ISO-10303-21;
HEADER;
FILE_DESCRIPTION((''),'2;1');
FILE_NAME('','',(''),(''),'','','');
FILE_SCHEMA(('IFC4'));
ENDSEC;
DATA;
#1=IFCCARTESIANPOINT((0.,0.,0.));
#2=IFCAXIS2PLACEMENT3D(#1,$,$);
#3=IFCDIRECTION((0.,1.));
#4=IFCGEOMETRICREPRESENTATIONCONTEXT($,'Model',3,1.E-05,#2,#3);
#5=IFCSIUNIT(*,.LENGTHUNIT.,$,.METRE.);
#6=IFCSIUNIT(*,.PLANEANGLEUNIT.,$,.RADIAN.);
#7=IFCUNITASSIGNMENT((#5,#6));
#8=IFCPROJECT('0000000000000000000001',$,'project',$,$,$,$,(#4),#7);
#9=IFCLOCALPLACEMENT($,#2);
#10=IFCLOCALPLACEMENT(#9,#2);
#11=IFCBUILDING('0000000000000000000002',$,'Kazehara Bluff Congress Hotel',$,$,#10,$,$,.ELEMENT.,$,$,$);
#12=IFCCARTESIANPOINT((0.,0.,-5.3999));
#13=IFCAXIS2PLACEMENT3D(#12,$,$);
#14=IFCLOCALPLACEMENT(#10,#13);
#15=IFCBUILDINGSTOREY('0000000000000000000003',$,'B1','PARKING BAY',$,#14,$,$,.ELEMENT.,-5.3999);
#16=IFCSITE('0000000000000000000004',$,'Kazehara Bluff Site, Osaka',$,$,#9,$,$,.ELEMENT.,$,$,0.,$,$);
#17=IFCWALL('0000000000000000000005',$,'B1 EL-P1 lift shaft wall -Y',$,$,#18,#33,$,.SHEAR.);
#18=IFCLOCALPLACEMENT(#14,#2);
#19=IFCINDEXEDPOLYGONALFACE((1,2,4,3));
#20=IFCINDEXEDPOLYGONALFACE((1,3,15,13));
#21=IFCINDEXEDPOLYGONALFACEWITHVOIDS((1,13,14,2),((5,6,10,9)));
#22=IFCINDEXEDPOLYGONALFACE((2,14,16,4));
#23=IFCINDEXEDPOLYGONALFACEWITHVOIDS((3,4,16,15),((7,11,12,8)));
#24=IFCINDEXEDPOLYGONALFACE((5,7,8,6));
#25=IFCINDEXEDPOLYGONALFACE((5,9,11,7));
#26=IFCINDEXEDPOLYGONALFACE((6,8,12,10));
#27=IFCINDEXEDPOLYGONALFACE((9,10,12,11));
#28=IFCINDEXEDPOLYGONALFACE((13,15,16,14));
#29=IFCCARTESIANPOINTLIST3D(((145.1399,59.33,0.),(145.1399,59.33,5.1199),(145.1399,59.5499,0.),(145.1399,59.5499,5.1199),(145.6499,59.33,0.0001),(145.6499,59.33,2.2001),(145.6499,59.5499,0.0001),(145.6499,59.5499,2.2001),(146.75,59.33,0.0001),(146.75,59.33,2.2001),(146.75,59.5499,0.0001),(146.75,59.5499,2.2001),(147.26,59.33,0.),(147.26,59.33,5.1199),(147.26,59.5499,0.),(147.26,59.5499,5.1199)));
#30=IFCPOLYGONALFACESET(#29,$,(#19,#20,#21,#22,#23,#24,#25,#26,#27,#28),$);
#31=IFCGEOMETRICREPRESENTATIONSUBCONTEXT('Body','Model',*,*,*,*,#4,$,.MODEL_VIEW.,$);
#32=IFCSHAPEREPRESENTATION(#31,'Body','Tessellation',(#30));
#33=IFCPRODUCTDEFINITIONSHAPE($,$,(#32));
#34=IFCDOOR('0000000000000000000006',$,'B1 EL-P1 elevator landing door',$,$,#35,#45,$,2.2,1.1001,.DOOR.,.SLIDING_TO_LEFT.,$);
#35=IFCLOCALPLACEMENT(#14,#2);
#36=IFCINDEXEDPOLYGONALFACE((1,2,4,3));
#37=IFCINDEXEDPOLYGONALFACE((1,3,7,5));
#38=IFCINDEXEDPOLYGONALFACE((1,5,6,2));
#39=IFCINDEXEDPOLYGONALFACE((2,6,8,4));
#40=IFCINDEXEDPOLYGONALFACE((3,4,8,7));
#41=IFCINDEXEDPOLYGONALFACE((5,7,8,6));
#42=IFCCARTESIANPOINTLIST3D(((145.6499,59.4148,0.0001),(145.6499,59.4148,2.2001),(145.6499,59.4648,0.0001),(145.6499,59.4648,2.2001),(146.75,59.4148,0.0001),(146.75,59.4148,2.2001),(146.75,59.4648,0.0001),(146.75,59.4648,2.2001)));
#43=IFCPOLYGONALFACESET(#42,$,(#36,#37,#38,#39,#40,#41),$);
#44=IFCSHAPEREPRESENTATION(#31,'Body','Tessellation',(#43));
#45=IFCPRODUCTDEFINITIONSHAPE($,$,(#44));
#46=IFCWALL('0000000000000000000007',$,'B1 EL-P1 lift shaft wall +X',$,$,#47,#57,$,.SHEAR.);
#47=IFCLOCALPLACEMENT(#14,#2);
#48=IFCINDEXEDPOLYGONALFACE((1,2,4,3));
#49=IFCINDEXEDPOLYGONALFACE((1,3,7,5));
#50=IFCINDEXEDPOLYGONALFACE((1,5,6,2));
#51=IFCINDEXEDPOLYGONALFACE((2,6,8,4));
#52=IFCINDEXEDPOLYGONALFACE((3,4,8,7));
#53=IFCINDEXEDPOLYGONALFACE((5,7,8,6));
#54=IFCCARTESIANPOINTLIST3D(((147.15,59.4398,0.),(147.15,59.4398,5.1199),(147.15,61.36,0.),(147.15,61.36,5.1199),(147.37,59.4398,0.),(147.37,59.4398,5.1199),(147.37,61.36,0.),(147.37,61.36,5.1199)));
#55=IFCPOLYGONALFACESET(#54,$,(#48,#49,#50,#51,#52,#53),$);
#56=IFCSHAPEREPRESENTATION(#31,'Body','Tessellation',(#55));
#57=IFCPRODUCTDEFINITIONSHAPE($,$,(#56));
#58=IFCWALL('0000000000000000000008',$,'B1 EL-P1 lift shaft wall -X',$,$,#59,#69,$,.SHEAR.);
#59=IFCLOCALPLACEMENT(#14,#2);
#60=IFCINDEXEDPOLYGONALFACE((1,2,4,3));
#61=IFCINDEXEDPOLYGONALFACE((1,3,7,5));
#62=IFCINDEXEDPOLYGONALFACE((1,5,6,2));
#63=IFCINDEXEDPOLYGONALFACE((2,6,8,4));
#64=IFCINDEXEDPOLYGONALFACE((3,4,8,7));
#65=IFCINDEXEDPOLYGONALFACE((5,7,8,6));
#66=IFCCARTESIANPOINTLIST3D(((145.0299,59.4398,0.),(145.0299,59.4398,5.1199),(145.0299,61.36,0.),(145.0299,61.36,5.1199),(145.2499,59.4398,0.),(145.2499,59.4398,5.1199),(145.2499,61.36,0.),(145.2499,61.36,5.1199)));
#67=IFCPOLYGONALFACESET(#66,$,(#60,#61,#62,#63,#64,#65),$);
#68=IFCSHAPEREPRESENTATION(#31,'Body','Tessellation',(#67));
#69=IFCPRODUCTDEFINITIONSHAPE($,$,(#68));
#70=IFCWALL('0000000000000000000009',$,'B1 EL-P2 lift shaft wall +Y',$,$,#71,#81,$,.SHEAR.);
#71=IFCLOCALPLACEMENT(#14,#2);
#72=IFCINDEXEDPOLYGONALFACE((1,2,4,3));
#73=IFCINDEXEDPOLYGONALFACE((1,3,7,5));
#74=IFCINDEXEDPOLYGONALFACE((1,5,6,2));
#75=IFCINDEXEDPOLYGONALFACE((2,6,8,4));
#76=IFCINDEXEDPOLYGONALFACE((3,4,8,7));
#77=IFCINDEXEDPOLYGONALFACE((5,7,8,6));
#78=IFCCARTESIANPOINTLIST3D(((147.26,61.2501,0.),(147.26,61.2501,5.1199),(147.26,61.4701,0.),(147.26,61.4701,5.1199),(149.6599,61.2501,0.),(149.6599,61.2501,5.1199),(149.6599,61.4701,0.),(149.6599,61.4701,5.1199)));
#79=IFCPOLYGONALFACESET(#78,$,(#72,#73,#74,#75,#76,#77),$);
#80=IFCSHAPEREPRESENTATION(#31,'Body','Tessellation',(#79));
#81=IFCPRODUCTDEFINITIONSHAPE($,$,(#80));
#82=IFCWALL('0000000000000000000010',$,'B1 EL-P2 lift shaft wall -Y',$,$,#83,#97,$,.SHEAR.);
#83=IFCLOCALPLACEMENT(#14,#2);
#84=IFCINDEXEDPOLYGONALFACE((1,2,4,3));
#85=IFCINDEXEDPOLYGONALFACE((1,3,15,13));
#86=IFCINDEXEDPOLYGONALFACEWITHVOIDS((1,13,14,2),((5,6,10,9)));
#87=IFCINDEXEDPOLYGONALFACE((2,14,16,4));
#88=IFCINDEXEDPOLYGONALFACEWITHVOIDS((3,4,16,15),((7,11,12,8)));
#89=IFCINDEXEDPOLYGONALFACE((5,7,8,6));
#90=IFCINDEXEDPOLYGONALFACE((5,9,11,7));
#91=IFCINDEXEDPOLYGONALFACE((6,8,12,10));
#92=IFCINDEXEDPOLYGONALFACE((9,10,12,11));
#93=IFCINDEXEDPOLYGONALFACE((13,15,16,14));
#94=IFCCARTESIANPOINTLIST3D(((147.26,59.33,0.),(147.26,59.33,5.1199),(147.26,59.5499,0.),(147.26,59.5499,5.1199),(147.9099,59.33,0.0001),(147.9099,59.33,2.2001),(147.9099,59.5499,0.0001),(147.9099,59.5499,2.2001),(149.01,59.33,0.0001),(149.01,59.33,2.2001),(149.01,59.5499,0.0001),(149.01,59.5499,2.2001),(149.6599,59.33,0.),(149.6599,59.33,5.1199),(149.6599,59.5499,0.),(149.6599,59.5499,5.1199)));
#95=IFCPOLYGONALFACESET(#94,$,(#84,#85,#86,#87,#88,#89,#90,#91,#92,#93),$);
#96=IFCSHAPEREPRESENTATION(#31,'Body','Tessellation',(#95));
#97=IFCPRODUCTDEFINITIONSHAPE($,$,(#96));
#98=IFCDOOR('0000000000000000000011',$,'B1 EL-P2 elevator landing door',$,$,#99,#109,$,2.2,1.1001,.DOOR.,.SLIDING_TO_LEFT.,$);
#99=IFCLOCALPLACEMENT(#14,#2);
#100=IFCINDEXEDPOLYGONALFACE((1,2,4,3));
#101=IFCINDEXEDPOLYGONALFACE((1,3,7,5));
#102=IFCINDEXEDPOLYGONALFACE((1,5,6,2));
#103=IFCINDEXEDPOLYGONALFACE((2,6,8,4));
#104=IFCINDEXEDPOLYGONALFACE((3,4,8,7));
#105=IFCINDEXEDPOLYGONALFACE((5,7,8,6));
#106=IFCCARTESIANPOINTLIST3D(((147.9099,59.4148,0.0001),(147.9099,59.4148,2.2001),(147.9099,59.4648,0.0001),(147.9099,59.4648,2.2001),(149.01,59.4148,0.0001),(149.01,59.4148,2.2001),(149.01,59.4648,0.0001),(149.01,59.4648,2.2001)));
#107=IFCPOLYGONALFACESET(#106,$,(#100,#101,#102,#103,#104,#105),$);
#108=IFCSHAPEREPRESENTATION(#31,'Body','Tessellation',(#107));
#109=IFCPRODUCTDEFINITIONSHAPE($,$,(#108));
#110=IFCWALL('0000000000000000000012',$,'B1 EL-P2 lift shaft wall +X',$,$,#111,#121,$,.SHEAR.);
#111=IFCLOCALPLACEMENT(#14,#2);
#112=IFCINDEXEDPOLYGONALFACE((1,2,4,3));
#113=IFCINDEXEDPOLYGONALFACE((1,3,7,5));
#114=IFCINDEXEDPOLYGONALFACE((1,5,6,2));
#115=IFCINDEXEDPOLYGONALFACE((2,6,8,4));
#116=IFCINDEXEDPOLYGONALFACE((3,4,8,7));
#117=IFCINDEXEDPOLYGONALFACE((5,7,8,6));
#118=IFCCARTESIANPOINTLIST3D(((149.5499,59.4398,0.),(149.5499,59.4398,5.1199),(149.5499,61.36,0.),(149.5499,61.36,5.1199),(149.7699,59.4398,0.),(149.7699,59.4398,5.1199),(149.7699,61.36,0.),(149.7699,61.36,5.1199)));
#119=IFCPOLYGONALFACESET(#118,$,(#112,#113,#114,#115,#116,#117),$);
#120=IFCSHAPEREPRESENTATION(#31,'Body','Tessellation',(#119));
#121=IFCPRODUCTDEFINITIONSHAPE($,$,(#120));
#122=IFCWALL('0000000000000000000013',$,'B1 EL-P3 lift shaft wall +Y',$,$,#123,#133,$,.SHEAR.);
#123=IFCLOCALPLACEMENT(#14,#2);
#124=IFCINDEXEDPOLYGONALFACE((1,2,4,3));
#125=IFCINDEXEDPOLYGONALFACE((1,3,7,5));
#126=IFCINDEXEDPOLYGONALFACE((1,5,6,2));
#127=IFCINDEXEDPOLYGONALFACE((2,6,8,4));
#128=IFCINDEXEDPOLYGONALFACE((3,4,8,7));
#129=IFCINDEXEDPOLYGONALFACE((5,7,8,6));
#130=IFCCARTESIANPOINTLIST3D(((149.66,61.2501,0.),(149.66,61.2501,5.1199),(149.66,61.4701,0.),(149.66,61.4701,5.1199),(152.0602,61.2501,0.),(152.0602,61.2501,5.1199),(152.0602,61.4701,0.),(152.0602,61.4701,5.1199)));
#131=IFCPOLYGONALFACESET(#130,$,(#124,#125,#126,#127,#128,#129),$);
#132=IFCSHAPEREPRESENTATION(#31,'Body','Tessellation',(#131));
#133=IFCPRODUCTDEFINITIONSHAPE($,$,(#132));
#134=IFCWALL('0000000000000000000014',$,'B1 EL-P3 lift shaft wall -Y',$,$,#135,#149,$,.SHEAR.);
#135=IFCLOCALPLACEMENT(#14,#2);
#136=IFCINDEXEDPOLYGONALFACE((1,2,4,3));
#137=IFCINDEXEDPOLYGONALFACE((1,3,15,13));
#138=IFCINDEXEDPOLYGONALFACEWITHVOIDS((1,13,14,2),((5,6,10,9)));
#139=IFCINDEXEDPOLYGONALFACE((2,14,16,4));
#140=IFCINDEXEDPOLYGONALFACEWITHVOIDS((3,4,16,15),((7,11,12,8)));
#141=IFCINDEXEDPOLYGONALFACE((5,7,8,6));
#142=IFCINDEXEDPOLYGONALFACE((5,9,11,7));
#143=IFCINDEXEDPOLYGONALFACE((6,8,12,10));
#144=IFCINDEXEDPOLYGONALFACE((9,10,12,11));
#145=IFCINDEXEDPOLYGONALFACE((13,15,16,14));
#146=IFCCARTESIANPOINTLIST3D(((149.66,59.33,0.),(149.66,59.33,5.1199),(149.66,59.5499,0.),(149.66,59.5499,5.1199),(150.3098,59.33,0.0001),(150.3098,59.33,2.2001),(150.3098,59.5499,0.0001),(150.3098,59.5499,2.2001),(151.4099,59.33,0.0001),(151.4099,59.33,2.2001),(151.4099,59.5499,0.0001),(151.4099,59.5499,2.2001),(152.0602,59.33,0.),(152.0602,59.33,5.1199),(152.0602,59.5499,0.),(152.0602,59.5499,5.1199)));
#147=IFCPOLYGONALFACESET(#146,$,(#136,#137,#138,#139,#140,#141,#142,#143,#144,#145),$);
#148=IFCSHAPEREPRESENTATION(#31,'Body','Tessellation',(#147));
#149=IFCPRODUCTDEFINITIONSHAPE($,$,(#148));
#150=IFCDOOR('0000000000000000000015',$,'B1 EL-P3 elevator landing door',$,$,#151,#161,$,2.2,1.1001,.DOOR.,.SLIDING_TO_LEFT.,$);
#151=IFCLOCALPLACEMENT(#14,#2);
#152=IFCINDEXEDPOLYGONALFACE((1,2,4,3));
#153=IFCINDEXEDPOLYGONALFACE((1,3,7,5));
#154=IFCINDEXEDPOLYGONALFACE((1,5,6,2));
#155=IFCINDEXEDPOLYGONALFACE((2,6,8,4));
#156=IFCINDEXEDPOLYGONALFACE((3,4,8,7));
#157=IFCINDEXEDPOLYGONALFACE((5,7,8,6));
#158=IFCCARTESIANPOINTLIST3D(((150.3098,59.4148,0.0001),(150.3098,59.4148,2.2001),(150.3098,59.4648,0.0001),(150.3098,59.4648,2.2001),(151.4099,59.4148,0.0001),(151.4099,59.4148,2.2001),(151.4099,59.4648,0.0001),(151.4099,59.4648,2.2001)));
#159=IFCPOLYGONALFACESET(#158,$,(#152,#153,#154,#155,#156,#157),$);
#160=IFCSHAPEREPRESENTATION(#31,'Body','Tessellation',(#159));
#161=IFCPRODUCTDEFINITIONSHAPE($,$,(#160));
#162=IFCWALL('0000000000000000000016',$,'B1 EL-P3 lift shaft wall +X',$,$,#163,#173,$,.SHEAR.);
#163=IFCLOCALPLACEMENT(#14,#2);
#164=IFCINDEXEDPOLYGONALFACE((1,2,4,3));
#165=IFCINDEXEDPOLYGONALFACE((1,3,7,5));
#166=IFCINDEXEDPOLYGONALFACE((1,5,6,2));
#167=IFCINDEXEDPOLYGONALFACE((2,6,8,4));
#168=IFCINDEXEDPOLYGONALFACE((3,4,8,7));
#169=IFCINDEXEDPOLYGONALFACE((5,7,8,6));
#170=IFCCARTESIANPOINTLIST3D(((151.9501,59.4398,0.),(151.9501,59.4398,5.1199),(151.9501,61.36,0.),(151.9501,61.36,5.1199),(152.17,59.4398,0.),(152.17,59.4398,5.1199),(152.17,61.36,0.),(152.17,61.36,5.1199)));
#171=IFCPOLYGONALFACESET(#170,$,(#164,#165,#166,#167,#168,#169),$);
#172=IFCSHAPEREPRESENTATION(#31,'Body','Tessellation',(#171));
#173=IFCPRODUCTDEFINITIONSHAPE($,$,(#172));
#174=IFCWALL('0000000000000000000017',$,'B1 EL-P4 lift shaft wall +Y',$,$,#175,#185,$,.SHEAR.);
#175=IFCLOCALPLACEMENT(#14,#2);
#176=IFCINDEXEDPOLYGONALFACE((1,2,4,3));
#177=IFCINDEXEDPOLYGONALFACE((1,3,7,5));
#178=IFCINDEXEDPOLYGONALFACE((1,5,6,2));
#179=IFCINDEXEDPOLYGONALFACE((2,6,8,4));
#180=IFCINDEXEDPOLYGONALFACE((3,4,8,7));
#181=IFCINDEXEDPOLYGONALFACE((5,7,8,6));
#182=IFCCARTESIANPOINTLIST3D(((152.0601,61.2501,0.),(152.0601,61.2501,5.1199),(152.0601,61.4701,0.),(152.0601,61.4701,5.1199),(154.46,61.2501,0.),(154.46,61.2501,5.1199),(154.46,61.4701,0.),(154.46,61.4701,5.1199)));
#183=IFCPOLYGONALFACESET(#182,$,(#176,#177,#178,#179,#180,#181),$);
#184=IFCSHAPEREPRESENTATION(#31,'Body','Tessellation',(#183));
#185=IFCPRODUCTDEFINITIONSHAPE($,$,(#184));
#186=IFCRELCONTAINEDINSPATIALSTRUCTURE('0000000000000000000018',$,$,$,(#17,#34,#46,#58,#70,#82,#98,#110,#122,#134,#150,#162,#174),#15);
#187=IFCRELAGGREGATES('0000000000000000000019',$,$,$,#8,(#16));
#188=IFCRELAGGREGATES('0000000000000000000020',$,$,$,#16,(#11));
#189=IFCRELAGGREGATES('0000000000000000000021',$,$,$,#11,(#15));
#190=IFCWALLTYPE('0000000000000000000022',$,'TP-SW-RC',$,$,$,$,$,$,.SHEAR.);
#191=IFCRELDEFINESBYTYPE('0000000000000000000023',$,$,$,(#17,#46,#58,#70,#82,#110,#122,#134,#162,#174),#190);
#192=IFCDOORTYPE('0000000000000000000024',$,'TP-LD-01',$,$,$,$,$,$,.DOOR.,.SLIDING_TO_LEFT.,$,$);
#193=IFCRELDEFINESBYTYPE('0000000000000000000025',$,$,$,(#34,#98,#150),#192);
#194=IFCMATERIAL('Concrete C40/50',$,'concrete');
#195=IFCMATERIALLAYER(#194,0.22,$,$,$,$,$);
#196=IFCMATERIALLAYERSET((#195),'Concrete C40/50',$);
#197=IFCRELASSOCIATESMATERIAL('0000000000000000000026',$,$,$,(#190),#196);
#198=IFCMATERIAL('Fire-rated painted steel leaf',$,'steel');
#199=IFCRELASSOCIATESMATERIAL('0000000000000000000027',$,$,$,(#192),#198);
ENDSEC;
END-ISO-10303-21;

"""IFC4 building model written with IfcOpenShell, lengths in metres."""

from ifc_helpers import new_model, si_unit, direction, frame, frame_2d, origin, place, context, subcontext, project, spatial, rectangle, extrude, material, layer, layer_set, type_object, element, fill, save


model = new_model("IFC4")

# Units and contexts
model_context = context("Model", 3, precision=1e-05, world=origin(), true_north=direction((0.0, 1.0)))
body_context = subcontext(model_context, "Body", "Model", "MODEL_VIEW")
ifc_project = project(units=[si_unit("LENGTHUNIT", "METRE"), si_unit("PLANEANGLEUNIT", "RADIAN")], contexts=[model_context])

# Site, building, storey
site_placement = place(None, origin())
site = spatial("IfcSite", under=ifc_project, at=site_placement, Name="Kazehara Bluff Site, Osaka", CompositionType="ELEMENT", RefElevation=0.0)
building_placement = place(site_placement, origin())
building = spatial("IfcBuilding", under=site, at=building_placement, Name="Kazehara Bluff Congress Hotel", CompositionType="ELEMENT")
storey_placement = place(building_placement, frame((0.0, 0.0, -5.3999)))
storey = spatial("IfcBuildingStorey", under=building, at=storey_placement, Name="B1", Description="PARKING BAY", CompositionType="ELEMENT", Elevation=-5.3999)

# Shared definitions
ifc_material_1 = material(Name="Concrete C40/50", Category="concrete")
ifc_layer_1 = layer(ifc_material_1, 0.22)
ifc_layer_set_1 = layer_set([ifc_layer_1], Name="Concrete C40/50")
wall_type = type_object("IfcWallType", Name="TP-SW-RC", PredefinedType="SHEAR", material=ifc_layer_set_1)

# Wall, opening, door
wall_1_placement = place(storey_placement, frame((145.1399, 59.4399, 0.0), z_axis=(0.0, 0.0, 1.0), x_axis=(1.0, 0.0, 0.0)))
wall_1 = element("IfcWall", 1, at=wall_1_placement, inside=storey, type_object=wall_type, Name="B1 EL-P1 lift shaft wall -Y", PredefinedType="SHEAR", context=body_context, shape_type="SweptSolid", body=[
    extrude(rectangle(XDim=2.1201, YDim=0.22, at=frame_2d((1.0601, 0.0))), origin(), (0.0, 0.0, 1.0), 5.1199),
])
opening_1_placement = place(wall_1_placement, frame((0.51, 0.0, 0.0)))
opening_1 = element("IfcOpeningElement", 2, at=opening_1_placement, cuts=wall_1, PredefinedType="OPENING", context=body_context, shape_type="SweptSolid", body=[
    extrude(rectangle(XDim=1.1001, YDim=2.2, at=frame_2d((0.55, 1.1001))), frame((0.0, 0.1199, 0.0), z_axis=(0.0, -1.0, 0.0), x_axis=(1.0, 0.0, 0.0)), (0.0, 0.0, 1.0), 0.24),
])
ifc_material_2 = material(Name="Fire-rated painted steel leaf", Category="steel")
door_type = type_object("IfcDoorType", Name="TP-LD-01", OperationType="SLIDING_TO_LEFT", PredefinedType="DOOR", material=ifc_material_2)
door_1_placement = place(opening_1_placement, origin())
door_1 = element("IfcDoor", 3, at=door_1_placement, inside=storey, type_object=door_type, Name="B1 EL-P1 elevator landing door", OperationType="SLIDING_TO_LEFT", OverallHeight=2.2, OverallWidth=1.1001, PredefinedType="DOOR", context=body_context, shape_type="SweptSolid", body=[
    extrude(rectangle(XDim=1.1001, YDim=2.2, at=frame_2d((0.55, 1.1001))), frame((0.0, 0.0249, 0.0), z_axis=(0.0, -1.0, 0.0), x_axis=(1.0, 0.0, 0.0)), (0.0, 0.0, 1.0), 0.05),
])
fill(opening_1, door_1)

# Walls
for number, where, z_axis, x_axis, name in (
    (4, (147.26, 59.4399, 0.0), (0.0, 0.0, 1.0), (0.0, 1.0, 0.0), "B1 EL-P1 lift shaft wall +X"),
    (5, (145.1399, 59.4399, 0.0), (0.0, 0.0, 1.0), (0.0, 1.0, 0.0), "B1 EL-P1 lift shaft wall -X"),
):
    element("IfcWall", number, at=place(storey_placement, frame(where, z_axis=z_axis, x_axis=x_axis)), inside=storey, type_object=wall_type, Name=name, PredefinedType="SHEAR", context=body_context, shape_type="SweptSolid", body=[
        extrude(rectangle(XDim=1.9202, YDim=0.22, at=frame_2d((0.96, 0.0))), origin(), (0.0, 0.0, 1.0), 5.1199),
    ])
wall_2_placement = place(storey_placement, frame((147.26, 61.3601, 0.0), z_axis=(0.0, 0.0, 1.0), x_axis=(1.0, 0.0, 0.0)))
element("IfcWall", 6, at=wall_2_placement, inside=storey, type_object=wall_type, Name="B1 EL-P2 lift shaft wall +Y", PredefinedType="SHEAR", context=body_context, shape_type="SweptSolid", body=[
    extrude(rectangle(XDim=2.3999, YDim=0.22, at=frame_2d((1.2, 0.0))), origin(), (0.0, 0.0, 1.0), 5.1199),
])

# Wall, opening, door
wall_3_placement = place(storey_placement, frame((147.26, 59.4399, 0.0), z_axis=(0.0, 0.0, 1.0), x_axis=(1.0, 0.0, 0.0)))
wall_3 = element("IfcWall", 7, at=wall_3_placement, inside=storey, type_object=wall_type, Name="B1 EL-P2 lift shaft wall -Y", PredefinedType="SHEAR", context=body_context, shape_type="SweptSolid", body=[
    extrude(rectangle(XDim=2.3999, YDim=0.22, at=frame_2d((1.2, 0.0))), origin(), (0.0, 0.0, 1.0), 5.1199),
])
opening_2_placement = place(wall_3_placement, frame((0.6499, 0.0, 0.0)))
opening_2 = element("IfcOpeningElement", 8, at=opening_2_placement, cuts=wall_3, PredefinedType="OPENING", context=body_context, shape_type="SweptSolid", body=[
    extrude(rectangle(XDim=1.1001, YDim=2.2, at=frame_2d((0.55, 1.1001))), frame((0.0, 0.1199, 0.0), z_axis=(0.0, -1.0, 0.0), x_axis=(1.0, 0.0, 0.0)), (0.0, 0.0, 1.0), 0.24),
])
door_2_placement = place(opening_2_placement, origin())
door_2 = element("IfcDoor", 9, at=door_2_placement, inside=storey, type_object=door_type, Name="B1 EL-P2 elevator landing door", OperationType="SLIDING_TO_LEFT", OverallHeight=2.2, OverallWidth=1.1001, PredefinedType="DOOR", context=body_context, shape_type="SweptSolid", body=[
    extrude(rectangle(XDim=1.1001, YDim=2.2, at=frame_2d((0.55, 1.1001))), frame((0.0, 0.0249, 0.0), z_axis=(0.0, -1.0, 0.0), x_axis=(1.0, 0.0, 0.0)), (0.0, 0.0, 1.0), 0.05),
])
fill(opening_2, door_2)

# Walls
wall_4_placement = place(storey_placement, frame((149.6599, 59.4399, 0.0), z_axis=(0.0, 0.0, 1.0), x_axis=(0.0, 1.0, 0.0)))
element("IfcWall", 10, at=wall_4_placement, inside=storey, type_object=wall_type, Name="B1 EL-P2 lift shaft wall +X", PredefinedType="SHEAR", context=body_context, shape_type="SweptSolid", body=[
    extrude(rectangle(XDim=1.9202, YDim=0.22, at=frame_2d((0.96, 0.0))), origin(), (0.0, 0.0, 1.0), 5.1199),
])
wall_5_placement = place(storey_placement, frame((149.6599, 61.3601, 0.0), z_axis=(0.0, 0.0, 1.0), x_axis=(1.0, 0.0, 0.0)))
element("IfcWall", 11, at=wall_5_placement, inside=storey, type_object=wall_type, Name="B1 EL-P3 lift shaft wall +Y", PredefinedType="SHEAR", context=body_context, shape_type="SweptSolid", body=[
    extrude(rectangle(XDim=2.4001, YDim=0.22, at=frame_2d((1.2002, 0.0))), origin(), (0.0, 0.0, 1.0), 5.1199),
])

# Wall, opening, door
wall_6_placement = place(storey_placement, frame((149.6599, 59.4399, 0.0), z_axis=(0.0, 0.0, 1.0), x_axis=(1.0, 0.0, 0.0)))
wall_6 = element("IfcWall", 12, at=wall_6_placement, inside=storey, type_object=wall_type, Name="B1 EL-P3 lift shaft wall -Y", PredefinedType="SHEAR", context=body_context, shape_type="SweptSolid", body=[
    extrude(rectangle(XDim=2.4001, YDim=0.22, at=frame_2d((1.2002, 0.0))), origin(), (0.0, 0.0, 1.0), 5.1199),
])
opening_3_placement = place(wall_6_placement, frame((0.6499, 0.0, 0.0)))
opening_3 = element("IfcOpeningElement", 13, at=opening_3_placement, cuts=wall_6, PredefinedType="OPENING", context=body_context, shape_type="SweptSolid", body=[
    extrude(rectangle(XDim=1.1001, YDim=2.2, at=frame_2d((0.55, 1.1001))), frame((0.0, 0.1199, 0.0), z_axis=(0.0, -1.0, 0.0), x_axis=(1.0, 0.0, 0.0)), (0.0, 0.0, 1.0), 0.24),
])
door_3_placement = place(opening_3_placement, origin())
door_3 = element("IfcDoor", 14, at=door_3_placement, inside=storey, type_object=door_type, Name="B1 EL-P3 elevator landing door", OperationType="SLIDING_TO_LEFT", OverallHeight=2.2, OverallWidth=1.1001, PredefinedType="DOOR", context=body_context, shape_type="SweptSolid", body=[
    extrude(rectangle(XDim=1.1001, YDim=2.2, at=frame_2d((0.55, 1.1001))), frame((0.0, 0.0249, 0.0), z_axis=(0.0, -1.0, 0.0), x_axis=(1.0, 0.0, 0.0)), (0.0, 0.0, 1.0), 0.05),
])
fill(opening_3, door_3)

# Walls
wall_7_placement = place(storey_placement, frame((152.0601, 59.4399, 0.0), z_axis=(0.0, 0.0, 1.0), x_axis=(0.0, 1.0, 0.0)))
element("IfcWall", 15, at=wall_7_placement, inside=storey, type_object=wall_type, Name="B1 EL-P3 lift shaft wall +X", PredefinedType="SHEAR", context=body_context, shape_type="SweptSolid", body=[
    extrude(rectangle(XDim=1.9202, YDim=0.22, at=frame_2d((0.96, 0.0))), origin(), (0.0, 0.0, 1.0), 5.1199),
])
wall_8_placement = place(storey_placement, frame((152.0601, 61.3601, 0.0), z_axis=(0.0, 0.0, 1.0), x_axis=(1.0, 0.0, 0.0)))
element("IfcWall", 16, at=wall_8_placement, inside=storey, type_object=wall_type, Name="B1 EL-P4 lift shaft wall +Y", PredefinedType="SHEAR", context=body_context, shape_type="SweptSolid", body=[
    extrude(rectangle(XDim=2.3999, YDim=0.22, at=frame_2d((1.2, 0.0))), origin(), (0.0, 0.0, 1.0), 5.1199),
])

save(model, "model.ifc")
